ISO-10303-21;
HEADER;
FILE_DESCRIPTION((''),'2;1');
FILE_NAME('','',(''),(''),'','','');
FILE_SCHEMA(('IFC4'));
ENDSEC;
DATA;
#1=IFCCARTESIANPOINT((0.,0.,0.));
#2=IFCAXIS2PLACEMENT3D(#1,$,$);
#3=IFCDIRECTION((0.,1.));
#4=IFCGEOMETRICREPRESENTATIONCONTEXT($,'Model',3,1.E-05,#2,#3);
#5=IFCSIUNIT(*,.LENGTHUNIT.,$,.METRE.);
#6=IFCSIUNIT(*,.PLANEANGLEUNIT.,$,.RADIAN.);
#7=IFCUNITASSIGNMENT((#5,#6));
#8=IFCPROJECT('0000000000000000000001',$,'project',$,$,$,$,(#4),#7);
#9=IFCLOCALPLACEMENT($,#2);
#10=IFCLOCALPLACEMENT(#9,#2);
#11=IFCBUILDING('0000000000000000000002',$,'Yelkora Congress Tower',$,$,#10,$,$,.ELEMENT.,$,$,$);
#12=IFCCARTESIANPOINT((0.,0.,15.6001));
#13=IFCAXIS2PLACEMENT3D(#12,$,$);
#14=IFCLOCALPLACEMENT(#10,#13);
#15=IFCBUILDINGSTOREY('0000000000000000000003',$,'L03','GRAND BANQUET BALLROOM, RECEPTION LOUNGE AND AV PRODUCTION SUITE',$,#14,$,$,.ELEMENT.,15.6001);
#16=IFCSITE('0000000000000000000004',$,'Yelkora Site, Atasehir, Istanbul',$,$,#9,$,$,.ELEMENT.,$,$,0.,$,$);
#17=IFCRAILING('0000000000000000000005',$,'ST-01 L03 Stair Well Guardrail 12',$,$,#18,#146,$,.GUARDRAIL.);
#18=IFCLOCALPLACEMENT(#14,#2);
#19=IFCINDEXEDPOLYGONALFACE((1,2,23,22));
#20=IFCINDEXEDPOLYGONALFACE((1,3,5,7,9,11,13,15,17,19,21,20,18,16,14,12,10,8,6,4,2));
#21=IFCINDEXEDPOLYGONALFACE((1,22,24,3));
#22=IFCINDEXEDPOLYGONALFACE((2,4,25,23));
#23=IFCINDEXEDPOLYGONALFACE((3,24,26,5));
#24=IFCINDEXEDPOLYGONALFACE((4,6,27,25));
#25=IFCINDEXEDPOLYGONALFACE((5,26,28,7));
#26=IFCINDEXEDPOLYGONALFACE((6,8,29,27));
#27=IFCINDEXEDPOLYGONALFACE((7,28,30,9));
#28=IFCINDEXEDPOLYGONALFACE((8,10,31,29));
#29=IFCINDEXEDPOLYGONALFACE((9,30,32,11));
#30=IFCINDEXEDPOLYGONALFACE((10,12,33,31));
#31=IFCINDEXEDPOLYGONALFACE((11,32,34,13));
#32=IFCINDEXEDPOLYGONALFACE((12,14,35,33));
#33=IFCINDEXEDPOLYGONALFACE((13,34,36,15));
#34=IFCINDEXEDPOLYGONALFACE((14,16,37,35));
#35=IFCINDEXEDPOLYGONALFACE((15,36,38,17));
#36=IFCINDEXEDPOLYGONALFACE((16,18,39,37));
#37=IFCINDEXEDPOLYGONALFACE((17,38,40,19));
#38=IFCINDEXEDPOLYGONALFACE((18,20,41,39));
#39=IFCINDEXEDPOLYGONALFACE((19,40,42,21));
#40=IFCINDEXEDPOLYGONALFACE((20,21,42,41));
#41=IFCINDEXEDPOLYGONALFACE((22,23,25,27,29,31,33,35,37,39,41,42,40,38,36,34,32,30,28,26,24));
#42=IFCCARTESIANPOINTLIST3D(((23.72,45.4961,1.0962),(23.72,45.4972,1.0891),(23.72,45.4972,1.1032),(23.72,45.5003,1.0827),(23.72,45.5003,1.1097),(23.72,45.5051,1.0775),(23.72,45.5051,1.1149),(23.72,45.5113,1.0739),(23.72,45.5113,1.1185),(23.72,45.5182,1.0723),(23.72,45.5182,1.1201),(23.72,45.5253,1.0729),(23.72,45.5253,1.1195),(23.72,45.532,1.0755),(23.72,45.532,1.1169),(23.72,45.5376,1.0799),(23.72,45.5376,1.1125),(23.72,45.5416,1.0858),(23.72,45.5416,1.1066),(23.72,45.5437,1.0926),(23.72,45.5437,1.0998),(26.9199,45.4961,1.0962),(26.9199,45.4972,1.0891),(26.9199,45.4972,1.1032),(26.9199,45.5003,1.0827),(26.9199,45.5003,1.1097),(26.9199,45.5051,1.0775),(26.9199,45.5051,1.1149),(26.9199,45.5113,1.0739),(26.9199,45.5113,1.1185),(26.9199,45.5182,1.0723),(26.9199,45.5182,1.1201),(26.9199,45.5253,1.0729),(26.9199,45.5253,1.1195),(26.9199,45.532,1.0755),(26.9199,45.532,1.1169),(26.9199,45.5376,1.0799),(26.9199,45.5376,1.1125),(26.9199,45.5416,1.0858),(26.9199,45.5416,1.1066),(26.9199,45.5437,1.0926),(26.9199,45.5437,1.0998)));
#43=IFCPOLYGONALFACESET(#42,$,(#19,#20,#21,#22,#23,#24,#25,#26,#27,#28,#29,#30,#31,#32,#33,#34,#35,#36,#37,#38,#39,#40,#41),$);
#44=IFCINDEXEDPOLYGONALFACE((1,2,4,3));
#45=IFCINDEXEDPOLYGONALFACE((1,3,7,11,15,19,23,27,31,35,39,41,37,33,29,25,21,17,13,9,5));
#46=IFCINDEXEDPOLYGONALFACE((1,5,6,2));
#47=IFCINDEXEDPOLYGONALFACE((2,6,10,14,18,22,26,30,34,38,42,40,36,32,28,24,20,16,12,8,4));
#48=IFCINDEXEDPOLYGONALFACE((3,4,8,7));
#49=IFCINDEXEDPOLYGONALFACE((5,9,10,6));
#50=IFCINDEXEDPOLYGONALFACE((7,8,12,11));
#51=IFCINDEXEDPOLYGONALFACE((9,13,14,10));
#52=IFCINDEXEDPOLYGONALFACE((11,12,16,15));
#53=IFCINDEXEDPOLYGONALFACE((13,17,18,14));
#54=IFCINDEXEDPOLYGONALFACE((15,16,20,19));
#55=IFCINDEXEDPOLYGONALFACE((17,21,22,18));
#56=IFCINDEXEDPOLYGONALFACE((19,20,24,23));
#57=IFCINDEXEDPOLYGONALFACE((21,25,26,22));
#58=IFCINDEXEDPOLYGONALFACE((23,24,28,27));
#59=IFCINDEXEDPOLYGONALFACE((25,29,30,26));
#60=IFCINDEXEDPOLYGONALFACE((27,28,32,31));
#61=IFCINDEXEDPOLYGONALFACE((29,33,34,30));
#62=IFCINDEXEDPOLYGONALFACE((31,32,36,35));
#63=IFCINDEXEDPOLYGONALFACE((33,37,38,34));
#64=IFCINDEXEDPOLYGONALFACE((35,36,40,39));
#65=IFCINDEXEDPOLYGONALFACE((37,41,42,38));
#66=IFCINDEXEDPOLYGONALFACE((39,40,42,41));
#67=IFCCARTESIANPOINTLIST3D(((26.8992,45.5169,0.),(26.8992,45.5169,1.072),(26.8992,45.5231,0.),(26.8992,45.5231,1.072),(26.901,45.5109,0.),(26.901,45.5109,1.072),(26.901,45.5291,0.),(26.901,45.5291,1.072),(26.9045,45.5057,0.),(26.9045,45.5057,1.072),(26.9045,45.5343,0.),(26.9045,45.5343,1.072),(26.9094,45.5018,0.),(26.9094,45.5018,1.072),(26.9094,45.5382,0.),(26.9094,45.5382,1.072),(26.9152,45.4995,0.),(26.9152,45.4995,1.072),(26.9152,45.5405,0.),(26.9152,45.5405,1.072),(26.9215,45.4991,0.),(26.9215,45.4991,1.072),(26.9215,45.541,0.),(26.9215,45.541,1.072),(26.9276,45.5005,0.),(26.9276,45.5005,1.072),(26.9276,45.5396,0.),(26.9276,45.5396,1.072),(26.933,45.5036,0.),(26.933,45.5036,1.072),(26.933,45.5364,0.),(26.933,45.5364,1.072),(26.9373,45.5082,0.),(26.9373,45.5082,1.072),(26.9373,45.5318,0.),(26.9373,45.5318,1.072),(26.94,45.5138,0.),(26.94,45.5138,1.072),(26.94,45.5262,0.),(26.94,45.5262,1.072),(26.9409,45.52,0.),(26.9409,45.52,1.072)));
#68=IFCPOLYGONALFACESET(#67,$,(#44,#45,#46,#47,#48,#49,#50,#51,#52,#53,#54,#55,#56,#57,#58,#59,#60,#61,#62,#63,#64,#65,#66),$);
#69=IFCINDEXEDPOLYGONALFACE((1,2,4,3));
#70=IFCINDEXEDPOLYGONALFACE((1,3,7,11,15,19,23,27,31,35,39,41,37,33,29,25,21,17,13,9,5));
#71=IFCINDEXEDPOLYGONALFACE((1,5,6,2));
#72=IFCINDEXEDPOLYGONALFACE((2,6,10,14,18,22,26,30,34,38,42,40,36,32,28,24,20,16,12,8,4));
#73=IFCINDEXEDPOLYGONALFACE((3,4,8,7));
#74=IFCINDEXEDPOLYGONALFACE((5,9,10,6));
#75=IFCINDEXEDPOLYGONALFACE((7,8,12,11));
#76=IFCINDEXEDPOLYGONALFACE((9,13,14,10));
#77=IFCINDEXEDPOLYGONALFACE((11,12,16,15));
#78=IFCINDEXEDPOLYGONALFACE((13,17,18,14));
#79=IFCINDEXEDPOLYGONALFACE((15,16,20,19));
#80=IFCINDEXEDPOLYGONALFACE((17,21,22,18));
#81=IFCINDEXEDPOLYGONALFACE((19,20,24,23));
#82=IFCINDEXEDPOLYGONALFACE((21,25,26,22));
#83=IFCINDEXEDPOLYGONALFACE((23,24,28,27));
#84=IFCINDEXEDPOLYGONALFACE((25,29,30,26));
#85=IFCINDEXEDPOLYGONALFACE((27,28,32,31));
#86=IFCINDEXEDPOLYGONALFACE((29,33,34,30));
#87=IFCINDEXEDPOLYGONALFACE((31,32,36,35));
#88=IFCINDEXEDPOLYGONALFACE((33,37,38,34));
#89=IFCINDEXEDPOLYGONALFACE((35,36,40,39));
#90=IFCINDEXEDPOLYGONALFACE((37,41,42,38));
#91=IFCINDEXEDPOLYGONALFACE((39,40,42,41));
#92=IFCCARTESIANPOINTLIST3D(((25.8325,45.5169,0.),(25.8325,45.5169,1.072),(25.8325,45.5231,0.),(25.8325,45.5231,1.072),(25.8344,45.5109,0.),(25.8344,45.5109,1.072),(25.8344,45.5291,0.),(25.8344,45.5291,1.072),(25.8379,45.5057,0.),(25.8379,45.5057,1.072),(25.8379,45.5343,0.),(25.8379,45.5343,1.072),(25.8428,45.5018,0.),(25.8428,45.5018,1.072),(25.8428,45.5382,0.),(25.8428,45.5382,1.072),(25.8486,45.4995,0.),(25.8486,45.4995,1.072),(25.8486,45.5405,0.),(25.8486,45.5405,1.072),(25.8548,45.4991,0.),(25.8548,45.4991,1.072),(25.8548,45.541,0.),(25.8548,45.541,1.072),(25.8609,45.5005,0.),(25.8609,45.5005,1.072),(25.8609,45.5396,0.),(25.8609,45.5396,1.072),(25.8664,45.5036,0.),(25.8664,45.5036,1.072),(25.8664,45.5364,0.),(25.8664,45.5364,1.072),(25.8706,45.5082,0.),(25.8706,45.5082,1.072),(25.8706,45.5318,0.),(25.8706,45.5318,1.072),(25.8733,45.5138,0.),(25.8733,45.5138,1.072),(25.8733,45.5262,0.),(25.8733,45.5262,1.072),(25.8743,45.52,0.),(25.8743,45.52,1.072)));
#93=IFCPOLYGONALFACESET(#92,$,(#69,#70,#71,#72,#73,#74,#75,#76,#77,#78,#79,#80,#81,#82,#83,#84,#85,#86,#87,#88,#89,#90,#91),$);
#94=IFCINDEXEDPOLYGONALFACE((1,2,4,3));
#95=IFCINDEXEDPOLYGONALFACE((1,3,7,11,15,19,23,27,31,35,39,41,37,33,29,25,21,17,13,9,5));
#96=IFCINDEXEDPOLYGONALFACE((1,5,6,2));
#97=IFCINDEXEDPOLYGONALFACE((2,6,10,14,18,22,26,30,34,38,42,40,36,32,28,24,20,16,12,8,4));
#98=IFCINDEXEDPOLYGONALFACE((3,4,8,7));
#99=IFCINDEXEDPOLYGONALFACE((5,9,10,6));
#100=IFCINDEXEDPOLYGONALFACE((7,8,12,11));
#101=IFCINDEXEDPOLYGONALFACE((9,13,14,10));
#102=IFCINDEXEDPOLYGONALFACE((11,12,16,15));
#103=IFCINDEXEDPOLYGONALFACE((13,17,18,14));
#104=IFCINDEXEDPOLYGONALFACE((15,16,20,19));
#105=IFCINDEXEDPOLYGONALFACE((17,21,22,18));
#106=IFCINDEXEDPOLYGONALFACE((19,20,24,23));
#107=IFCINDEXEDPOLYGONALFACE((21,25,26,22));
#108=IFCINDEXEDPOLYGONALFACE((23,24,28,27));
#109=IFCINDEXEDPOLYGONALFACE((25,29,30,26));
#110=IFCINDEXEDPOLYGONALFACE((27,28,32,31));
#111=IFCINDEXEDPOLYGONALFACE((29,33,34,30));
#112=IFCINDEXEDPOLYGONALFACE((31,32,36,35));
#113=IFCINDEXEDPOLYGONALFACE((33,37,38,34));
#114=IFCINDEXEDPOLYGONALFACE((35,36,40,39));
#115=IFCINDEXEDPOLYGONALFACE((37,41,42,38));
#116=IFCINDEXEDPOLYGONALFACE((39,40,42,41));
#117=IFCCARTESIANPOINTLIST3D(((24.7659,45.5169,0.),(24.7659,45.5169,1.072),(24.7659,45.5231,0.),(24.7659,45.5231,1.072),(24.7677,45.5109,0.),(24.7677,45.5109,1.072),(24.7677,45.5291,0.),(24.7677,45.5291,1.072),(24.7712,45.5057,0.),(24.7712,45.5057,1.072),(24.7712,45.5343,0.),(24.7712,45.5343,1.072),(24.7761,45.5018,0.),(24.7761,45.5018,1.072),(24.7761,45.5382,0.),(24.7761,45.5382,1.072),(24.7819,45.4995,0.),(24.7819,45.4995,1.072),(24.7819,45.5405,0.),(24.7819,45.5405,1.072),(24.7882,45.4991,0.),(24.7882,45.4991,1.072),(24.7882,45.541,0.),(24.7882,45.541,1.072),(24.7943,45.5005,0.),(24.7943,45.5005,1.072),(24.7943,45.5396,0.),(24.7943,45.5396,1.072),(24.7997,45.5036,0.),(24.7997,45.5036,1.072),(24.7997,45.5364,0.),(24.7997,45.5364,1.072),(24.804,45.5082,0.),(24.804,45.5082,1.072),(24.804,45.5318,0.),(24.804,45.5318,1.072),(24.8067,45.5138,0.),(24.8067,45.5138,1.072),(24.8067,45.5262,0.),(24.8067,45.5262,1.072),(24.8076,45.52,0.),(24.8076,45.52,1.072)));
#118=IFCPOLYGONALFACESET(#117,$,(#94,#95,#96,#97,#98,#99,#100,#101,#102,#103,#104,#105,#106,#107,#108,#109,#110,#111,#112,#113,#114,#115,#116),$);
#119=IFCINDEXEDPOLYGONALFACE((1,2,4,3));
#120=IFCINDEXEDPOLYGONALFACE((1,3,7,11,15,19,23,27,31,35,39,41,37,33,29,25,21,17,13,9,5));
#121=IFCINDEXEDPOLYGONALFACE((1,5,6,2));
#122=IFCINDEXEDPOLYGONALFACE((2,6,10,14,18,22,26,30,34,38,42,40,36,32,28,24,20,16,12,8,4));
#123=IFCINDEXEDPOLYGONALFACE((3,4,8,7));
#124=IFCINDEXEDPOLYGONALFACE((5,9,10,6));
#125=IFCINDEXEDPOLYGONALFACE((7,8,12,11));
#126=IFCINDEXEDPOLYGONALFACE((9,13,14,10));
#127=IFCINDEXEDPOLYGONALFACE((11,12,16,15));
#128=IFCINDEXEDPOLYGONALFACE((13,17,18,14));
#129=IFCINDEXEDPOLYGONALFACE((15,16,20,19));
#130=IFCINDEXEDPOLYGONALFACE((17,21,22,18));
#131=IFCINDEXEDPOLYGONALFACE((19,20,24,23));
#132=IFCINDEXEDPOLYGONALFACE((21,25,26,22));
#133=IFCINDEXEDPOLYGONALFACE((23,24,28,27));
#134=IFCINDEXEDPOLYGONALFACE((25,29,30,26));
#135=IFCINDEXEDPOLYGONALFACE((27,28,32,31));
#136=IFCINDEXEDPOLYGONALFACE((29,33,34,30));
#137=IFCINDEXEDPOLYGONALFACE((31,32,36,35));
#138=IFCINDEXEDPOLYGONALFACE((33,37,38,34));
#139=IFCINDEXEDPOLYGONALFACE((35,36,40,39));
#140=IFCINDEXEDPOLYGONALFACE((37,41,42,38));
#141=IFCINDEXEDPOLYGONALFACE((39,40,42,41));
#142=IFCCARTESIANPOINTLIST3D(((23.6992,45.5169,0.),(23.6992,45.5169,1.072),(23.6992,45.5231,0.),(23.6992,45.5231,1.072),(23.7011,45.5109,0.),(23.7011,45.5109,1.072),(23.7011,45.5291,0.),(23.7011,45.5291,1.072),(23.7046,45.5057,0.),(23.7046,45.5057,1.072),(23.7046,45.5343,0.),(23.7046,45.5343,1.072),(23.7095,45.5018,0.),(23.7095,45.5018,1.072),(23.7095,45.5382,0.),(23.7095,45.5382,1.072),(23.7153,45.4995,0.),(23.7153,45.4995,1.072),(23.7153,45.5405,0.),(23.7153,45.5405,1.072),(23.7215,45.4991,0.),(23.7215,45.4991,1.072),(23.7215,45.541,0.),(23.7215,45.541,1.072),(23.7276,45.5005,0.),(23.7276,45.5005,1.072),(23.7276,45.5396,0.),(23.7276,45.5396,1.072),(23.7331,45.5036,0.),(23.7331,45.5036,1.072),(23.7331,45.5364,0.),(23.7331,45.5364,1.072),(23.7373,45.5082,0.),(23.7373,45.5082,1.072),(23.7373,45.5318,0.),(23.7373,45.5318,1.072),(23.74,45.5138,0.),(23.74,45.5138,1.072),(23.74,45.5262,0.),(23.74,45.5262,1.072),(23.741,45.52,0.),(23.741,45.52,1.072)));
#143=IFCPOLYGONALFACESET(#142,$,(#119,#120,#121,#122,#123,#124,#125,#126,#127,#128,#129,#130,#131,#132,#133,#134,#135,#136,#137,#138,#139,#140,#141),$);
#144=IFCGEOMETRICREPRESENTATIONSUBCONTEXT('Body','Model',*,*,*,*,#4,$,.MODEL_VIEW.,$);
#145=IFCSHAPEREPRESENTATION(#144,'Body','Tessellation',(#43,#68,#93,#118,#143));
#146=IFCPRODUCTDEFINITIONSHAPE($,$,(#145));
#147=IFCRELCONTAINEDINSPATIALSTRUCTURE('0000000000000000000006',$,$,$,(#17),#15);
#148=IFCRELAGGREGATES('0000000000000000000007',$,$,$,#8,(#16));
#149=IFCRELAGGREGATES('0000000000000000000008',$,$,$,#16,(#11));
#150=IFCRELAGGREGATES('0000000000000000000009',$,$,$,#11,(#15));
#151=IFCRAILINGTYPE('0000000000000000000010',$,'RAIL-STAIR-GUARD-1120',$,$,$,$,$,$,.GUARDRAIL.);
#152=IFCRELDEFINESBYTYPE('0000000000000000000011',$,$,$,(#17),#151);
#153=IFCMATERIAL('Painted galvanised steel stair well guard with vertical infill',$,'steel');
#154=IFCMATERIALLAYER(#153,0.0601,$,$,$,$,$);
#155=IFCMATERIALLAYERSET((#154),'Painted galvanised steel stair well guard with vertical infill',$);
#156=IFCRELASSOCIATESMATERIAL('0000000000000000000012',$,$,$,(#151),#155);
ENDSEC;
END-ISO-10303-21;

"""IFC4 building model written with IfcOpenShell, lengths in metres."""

from ifc_helpers import new_model, si_unit, direction, frame, origin, origin_2d, place, context, subcontext, project, spatial, circle, extrude, material, layer, layer_set, type_object, element, save


model = new_model("IFC4")

# Units and contexts
model_context = context("Model", 3, precision=1e-05, world=origin(), true_north=direction((0.0, 1.0)))
body_context = subcontext(model_context, "Body", "Model", "MODEL_VIEW")
ifc_project = project(units=[si_unit("LENGTHUNIT", "METRE"), si_unit("PLANEANGLEUNIT", "RADIAN")], contexts=[model_context])

# Site, building, storey
site_placement = place(None, origin())
site = spatial("IfcSite", under=ifc_project, at=site_placement, Name="Yelkora Site, Atasehir, Istanbul", CompositionType="ELEMENT", RefElevation=0.0)
building_placement = place(site_placement, origin())
building = spatial("IfcBuilding", under=site, at=building_placement, Name="Yelkora Congress Tower", CompositionType="ELEMENT")
storey_placement = place(building_placement, frame((0.0, 0.0, 15.6001)))
storey = spatial("IfcBuildingStorey", under=building, at=storey_placement, Name="L03", Description="GRAND BANQUET BALLROOM, RECEPTION LOUNGE AND AV PRODUCTION SUITE", CompositionType="ELEMENT", Elevation=15.6001)

# Railing
ifc_material_1 = material(Name="Painted galvanised steel stair well guard with vertical infill", Category="steel")
ifc_layer_1 = layer(ifc_material_1, 0.0601)
ifc_layer_set_1 = layer_set([ifc_layer_1], Name="Painted galvanised steel stair well guard with vertical infill")
railing_type_1 = type_object("IfcRailingType", Name="RAIL-STAIR-GUARD-1120", PredefinedType="GUARDRAIL", material=ifc_layer_set_1)
railing_1_placement = place(storey_placement, frame((26.9199, 45.52, 0.0)))
element("IfcRailing", 1, at=railing_1_placement, inside=storey, type_object=railing_type_1, Name="ST-01 L03 Stair Well Guardrail 12", PredefinedType="GUARDRAIL", context=body_context, shape_type="SweptSolid", body=[
    extrude(circle(Radius=0.0239, at=origin_2d()), frame((0.0, 0.0, 1.0962), z_axis=(-1.0, 0.0, 0.0), x_axis=(0.0, -1.0, 0.0)), (0.0, 0.0, 1.0), 3.2),
    extrude(circle(Radius=0.021, at=origin_2d()), origin(), (0.0, 0.0, 1.0), 1.072),
    extrude(circle(Radius=0.021, at=origin_2d()), frame((-1.0667, 0.0, 0.0)), (0.0, 0.0, 1.0), 1.072),
    extrude(circle(Radius=0.021, at=origin_2d()), frame((-2.1333, 0.0, 0.0)), (0.0, 0.0, 1.0), 1.072),
    extrude(circle(Radius=0.021, at=origin_2d()), frame((-3.2, 0.0, 0.0)), (0.0, 0.0, 1.0), 1.072),
])

save(model, "model.ifc")
